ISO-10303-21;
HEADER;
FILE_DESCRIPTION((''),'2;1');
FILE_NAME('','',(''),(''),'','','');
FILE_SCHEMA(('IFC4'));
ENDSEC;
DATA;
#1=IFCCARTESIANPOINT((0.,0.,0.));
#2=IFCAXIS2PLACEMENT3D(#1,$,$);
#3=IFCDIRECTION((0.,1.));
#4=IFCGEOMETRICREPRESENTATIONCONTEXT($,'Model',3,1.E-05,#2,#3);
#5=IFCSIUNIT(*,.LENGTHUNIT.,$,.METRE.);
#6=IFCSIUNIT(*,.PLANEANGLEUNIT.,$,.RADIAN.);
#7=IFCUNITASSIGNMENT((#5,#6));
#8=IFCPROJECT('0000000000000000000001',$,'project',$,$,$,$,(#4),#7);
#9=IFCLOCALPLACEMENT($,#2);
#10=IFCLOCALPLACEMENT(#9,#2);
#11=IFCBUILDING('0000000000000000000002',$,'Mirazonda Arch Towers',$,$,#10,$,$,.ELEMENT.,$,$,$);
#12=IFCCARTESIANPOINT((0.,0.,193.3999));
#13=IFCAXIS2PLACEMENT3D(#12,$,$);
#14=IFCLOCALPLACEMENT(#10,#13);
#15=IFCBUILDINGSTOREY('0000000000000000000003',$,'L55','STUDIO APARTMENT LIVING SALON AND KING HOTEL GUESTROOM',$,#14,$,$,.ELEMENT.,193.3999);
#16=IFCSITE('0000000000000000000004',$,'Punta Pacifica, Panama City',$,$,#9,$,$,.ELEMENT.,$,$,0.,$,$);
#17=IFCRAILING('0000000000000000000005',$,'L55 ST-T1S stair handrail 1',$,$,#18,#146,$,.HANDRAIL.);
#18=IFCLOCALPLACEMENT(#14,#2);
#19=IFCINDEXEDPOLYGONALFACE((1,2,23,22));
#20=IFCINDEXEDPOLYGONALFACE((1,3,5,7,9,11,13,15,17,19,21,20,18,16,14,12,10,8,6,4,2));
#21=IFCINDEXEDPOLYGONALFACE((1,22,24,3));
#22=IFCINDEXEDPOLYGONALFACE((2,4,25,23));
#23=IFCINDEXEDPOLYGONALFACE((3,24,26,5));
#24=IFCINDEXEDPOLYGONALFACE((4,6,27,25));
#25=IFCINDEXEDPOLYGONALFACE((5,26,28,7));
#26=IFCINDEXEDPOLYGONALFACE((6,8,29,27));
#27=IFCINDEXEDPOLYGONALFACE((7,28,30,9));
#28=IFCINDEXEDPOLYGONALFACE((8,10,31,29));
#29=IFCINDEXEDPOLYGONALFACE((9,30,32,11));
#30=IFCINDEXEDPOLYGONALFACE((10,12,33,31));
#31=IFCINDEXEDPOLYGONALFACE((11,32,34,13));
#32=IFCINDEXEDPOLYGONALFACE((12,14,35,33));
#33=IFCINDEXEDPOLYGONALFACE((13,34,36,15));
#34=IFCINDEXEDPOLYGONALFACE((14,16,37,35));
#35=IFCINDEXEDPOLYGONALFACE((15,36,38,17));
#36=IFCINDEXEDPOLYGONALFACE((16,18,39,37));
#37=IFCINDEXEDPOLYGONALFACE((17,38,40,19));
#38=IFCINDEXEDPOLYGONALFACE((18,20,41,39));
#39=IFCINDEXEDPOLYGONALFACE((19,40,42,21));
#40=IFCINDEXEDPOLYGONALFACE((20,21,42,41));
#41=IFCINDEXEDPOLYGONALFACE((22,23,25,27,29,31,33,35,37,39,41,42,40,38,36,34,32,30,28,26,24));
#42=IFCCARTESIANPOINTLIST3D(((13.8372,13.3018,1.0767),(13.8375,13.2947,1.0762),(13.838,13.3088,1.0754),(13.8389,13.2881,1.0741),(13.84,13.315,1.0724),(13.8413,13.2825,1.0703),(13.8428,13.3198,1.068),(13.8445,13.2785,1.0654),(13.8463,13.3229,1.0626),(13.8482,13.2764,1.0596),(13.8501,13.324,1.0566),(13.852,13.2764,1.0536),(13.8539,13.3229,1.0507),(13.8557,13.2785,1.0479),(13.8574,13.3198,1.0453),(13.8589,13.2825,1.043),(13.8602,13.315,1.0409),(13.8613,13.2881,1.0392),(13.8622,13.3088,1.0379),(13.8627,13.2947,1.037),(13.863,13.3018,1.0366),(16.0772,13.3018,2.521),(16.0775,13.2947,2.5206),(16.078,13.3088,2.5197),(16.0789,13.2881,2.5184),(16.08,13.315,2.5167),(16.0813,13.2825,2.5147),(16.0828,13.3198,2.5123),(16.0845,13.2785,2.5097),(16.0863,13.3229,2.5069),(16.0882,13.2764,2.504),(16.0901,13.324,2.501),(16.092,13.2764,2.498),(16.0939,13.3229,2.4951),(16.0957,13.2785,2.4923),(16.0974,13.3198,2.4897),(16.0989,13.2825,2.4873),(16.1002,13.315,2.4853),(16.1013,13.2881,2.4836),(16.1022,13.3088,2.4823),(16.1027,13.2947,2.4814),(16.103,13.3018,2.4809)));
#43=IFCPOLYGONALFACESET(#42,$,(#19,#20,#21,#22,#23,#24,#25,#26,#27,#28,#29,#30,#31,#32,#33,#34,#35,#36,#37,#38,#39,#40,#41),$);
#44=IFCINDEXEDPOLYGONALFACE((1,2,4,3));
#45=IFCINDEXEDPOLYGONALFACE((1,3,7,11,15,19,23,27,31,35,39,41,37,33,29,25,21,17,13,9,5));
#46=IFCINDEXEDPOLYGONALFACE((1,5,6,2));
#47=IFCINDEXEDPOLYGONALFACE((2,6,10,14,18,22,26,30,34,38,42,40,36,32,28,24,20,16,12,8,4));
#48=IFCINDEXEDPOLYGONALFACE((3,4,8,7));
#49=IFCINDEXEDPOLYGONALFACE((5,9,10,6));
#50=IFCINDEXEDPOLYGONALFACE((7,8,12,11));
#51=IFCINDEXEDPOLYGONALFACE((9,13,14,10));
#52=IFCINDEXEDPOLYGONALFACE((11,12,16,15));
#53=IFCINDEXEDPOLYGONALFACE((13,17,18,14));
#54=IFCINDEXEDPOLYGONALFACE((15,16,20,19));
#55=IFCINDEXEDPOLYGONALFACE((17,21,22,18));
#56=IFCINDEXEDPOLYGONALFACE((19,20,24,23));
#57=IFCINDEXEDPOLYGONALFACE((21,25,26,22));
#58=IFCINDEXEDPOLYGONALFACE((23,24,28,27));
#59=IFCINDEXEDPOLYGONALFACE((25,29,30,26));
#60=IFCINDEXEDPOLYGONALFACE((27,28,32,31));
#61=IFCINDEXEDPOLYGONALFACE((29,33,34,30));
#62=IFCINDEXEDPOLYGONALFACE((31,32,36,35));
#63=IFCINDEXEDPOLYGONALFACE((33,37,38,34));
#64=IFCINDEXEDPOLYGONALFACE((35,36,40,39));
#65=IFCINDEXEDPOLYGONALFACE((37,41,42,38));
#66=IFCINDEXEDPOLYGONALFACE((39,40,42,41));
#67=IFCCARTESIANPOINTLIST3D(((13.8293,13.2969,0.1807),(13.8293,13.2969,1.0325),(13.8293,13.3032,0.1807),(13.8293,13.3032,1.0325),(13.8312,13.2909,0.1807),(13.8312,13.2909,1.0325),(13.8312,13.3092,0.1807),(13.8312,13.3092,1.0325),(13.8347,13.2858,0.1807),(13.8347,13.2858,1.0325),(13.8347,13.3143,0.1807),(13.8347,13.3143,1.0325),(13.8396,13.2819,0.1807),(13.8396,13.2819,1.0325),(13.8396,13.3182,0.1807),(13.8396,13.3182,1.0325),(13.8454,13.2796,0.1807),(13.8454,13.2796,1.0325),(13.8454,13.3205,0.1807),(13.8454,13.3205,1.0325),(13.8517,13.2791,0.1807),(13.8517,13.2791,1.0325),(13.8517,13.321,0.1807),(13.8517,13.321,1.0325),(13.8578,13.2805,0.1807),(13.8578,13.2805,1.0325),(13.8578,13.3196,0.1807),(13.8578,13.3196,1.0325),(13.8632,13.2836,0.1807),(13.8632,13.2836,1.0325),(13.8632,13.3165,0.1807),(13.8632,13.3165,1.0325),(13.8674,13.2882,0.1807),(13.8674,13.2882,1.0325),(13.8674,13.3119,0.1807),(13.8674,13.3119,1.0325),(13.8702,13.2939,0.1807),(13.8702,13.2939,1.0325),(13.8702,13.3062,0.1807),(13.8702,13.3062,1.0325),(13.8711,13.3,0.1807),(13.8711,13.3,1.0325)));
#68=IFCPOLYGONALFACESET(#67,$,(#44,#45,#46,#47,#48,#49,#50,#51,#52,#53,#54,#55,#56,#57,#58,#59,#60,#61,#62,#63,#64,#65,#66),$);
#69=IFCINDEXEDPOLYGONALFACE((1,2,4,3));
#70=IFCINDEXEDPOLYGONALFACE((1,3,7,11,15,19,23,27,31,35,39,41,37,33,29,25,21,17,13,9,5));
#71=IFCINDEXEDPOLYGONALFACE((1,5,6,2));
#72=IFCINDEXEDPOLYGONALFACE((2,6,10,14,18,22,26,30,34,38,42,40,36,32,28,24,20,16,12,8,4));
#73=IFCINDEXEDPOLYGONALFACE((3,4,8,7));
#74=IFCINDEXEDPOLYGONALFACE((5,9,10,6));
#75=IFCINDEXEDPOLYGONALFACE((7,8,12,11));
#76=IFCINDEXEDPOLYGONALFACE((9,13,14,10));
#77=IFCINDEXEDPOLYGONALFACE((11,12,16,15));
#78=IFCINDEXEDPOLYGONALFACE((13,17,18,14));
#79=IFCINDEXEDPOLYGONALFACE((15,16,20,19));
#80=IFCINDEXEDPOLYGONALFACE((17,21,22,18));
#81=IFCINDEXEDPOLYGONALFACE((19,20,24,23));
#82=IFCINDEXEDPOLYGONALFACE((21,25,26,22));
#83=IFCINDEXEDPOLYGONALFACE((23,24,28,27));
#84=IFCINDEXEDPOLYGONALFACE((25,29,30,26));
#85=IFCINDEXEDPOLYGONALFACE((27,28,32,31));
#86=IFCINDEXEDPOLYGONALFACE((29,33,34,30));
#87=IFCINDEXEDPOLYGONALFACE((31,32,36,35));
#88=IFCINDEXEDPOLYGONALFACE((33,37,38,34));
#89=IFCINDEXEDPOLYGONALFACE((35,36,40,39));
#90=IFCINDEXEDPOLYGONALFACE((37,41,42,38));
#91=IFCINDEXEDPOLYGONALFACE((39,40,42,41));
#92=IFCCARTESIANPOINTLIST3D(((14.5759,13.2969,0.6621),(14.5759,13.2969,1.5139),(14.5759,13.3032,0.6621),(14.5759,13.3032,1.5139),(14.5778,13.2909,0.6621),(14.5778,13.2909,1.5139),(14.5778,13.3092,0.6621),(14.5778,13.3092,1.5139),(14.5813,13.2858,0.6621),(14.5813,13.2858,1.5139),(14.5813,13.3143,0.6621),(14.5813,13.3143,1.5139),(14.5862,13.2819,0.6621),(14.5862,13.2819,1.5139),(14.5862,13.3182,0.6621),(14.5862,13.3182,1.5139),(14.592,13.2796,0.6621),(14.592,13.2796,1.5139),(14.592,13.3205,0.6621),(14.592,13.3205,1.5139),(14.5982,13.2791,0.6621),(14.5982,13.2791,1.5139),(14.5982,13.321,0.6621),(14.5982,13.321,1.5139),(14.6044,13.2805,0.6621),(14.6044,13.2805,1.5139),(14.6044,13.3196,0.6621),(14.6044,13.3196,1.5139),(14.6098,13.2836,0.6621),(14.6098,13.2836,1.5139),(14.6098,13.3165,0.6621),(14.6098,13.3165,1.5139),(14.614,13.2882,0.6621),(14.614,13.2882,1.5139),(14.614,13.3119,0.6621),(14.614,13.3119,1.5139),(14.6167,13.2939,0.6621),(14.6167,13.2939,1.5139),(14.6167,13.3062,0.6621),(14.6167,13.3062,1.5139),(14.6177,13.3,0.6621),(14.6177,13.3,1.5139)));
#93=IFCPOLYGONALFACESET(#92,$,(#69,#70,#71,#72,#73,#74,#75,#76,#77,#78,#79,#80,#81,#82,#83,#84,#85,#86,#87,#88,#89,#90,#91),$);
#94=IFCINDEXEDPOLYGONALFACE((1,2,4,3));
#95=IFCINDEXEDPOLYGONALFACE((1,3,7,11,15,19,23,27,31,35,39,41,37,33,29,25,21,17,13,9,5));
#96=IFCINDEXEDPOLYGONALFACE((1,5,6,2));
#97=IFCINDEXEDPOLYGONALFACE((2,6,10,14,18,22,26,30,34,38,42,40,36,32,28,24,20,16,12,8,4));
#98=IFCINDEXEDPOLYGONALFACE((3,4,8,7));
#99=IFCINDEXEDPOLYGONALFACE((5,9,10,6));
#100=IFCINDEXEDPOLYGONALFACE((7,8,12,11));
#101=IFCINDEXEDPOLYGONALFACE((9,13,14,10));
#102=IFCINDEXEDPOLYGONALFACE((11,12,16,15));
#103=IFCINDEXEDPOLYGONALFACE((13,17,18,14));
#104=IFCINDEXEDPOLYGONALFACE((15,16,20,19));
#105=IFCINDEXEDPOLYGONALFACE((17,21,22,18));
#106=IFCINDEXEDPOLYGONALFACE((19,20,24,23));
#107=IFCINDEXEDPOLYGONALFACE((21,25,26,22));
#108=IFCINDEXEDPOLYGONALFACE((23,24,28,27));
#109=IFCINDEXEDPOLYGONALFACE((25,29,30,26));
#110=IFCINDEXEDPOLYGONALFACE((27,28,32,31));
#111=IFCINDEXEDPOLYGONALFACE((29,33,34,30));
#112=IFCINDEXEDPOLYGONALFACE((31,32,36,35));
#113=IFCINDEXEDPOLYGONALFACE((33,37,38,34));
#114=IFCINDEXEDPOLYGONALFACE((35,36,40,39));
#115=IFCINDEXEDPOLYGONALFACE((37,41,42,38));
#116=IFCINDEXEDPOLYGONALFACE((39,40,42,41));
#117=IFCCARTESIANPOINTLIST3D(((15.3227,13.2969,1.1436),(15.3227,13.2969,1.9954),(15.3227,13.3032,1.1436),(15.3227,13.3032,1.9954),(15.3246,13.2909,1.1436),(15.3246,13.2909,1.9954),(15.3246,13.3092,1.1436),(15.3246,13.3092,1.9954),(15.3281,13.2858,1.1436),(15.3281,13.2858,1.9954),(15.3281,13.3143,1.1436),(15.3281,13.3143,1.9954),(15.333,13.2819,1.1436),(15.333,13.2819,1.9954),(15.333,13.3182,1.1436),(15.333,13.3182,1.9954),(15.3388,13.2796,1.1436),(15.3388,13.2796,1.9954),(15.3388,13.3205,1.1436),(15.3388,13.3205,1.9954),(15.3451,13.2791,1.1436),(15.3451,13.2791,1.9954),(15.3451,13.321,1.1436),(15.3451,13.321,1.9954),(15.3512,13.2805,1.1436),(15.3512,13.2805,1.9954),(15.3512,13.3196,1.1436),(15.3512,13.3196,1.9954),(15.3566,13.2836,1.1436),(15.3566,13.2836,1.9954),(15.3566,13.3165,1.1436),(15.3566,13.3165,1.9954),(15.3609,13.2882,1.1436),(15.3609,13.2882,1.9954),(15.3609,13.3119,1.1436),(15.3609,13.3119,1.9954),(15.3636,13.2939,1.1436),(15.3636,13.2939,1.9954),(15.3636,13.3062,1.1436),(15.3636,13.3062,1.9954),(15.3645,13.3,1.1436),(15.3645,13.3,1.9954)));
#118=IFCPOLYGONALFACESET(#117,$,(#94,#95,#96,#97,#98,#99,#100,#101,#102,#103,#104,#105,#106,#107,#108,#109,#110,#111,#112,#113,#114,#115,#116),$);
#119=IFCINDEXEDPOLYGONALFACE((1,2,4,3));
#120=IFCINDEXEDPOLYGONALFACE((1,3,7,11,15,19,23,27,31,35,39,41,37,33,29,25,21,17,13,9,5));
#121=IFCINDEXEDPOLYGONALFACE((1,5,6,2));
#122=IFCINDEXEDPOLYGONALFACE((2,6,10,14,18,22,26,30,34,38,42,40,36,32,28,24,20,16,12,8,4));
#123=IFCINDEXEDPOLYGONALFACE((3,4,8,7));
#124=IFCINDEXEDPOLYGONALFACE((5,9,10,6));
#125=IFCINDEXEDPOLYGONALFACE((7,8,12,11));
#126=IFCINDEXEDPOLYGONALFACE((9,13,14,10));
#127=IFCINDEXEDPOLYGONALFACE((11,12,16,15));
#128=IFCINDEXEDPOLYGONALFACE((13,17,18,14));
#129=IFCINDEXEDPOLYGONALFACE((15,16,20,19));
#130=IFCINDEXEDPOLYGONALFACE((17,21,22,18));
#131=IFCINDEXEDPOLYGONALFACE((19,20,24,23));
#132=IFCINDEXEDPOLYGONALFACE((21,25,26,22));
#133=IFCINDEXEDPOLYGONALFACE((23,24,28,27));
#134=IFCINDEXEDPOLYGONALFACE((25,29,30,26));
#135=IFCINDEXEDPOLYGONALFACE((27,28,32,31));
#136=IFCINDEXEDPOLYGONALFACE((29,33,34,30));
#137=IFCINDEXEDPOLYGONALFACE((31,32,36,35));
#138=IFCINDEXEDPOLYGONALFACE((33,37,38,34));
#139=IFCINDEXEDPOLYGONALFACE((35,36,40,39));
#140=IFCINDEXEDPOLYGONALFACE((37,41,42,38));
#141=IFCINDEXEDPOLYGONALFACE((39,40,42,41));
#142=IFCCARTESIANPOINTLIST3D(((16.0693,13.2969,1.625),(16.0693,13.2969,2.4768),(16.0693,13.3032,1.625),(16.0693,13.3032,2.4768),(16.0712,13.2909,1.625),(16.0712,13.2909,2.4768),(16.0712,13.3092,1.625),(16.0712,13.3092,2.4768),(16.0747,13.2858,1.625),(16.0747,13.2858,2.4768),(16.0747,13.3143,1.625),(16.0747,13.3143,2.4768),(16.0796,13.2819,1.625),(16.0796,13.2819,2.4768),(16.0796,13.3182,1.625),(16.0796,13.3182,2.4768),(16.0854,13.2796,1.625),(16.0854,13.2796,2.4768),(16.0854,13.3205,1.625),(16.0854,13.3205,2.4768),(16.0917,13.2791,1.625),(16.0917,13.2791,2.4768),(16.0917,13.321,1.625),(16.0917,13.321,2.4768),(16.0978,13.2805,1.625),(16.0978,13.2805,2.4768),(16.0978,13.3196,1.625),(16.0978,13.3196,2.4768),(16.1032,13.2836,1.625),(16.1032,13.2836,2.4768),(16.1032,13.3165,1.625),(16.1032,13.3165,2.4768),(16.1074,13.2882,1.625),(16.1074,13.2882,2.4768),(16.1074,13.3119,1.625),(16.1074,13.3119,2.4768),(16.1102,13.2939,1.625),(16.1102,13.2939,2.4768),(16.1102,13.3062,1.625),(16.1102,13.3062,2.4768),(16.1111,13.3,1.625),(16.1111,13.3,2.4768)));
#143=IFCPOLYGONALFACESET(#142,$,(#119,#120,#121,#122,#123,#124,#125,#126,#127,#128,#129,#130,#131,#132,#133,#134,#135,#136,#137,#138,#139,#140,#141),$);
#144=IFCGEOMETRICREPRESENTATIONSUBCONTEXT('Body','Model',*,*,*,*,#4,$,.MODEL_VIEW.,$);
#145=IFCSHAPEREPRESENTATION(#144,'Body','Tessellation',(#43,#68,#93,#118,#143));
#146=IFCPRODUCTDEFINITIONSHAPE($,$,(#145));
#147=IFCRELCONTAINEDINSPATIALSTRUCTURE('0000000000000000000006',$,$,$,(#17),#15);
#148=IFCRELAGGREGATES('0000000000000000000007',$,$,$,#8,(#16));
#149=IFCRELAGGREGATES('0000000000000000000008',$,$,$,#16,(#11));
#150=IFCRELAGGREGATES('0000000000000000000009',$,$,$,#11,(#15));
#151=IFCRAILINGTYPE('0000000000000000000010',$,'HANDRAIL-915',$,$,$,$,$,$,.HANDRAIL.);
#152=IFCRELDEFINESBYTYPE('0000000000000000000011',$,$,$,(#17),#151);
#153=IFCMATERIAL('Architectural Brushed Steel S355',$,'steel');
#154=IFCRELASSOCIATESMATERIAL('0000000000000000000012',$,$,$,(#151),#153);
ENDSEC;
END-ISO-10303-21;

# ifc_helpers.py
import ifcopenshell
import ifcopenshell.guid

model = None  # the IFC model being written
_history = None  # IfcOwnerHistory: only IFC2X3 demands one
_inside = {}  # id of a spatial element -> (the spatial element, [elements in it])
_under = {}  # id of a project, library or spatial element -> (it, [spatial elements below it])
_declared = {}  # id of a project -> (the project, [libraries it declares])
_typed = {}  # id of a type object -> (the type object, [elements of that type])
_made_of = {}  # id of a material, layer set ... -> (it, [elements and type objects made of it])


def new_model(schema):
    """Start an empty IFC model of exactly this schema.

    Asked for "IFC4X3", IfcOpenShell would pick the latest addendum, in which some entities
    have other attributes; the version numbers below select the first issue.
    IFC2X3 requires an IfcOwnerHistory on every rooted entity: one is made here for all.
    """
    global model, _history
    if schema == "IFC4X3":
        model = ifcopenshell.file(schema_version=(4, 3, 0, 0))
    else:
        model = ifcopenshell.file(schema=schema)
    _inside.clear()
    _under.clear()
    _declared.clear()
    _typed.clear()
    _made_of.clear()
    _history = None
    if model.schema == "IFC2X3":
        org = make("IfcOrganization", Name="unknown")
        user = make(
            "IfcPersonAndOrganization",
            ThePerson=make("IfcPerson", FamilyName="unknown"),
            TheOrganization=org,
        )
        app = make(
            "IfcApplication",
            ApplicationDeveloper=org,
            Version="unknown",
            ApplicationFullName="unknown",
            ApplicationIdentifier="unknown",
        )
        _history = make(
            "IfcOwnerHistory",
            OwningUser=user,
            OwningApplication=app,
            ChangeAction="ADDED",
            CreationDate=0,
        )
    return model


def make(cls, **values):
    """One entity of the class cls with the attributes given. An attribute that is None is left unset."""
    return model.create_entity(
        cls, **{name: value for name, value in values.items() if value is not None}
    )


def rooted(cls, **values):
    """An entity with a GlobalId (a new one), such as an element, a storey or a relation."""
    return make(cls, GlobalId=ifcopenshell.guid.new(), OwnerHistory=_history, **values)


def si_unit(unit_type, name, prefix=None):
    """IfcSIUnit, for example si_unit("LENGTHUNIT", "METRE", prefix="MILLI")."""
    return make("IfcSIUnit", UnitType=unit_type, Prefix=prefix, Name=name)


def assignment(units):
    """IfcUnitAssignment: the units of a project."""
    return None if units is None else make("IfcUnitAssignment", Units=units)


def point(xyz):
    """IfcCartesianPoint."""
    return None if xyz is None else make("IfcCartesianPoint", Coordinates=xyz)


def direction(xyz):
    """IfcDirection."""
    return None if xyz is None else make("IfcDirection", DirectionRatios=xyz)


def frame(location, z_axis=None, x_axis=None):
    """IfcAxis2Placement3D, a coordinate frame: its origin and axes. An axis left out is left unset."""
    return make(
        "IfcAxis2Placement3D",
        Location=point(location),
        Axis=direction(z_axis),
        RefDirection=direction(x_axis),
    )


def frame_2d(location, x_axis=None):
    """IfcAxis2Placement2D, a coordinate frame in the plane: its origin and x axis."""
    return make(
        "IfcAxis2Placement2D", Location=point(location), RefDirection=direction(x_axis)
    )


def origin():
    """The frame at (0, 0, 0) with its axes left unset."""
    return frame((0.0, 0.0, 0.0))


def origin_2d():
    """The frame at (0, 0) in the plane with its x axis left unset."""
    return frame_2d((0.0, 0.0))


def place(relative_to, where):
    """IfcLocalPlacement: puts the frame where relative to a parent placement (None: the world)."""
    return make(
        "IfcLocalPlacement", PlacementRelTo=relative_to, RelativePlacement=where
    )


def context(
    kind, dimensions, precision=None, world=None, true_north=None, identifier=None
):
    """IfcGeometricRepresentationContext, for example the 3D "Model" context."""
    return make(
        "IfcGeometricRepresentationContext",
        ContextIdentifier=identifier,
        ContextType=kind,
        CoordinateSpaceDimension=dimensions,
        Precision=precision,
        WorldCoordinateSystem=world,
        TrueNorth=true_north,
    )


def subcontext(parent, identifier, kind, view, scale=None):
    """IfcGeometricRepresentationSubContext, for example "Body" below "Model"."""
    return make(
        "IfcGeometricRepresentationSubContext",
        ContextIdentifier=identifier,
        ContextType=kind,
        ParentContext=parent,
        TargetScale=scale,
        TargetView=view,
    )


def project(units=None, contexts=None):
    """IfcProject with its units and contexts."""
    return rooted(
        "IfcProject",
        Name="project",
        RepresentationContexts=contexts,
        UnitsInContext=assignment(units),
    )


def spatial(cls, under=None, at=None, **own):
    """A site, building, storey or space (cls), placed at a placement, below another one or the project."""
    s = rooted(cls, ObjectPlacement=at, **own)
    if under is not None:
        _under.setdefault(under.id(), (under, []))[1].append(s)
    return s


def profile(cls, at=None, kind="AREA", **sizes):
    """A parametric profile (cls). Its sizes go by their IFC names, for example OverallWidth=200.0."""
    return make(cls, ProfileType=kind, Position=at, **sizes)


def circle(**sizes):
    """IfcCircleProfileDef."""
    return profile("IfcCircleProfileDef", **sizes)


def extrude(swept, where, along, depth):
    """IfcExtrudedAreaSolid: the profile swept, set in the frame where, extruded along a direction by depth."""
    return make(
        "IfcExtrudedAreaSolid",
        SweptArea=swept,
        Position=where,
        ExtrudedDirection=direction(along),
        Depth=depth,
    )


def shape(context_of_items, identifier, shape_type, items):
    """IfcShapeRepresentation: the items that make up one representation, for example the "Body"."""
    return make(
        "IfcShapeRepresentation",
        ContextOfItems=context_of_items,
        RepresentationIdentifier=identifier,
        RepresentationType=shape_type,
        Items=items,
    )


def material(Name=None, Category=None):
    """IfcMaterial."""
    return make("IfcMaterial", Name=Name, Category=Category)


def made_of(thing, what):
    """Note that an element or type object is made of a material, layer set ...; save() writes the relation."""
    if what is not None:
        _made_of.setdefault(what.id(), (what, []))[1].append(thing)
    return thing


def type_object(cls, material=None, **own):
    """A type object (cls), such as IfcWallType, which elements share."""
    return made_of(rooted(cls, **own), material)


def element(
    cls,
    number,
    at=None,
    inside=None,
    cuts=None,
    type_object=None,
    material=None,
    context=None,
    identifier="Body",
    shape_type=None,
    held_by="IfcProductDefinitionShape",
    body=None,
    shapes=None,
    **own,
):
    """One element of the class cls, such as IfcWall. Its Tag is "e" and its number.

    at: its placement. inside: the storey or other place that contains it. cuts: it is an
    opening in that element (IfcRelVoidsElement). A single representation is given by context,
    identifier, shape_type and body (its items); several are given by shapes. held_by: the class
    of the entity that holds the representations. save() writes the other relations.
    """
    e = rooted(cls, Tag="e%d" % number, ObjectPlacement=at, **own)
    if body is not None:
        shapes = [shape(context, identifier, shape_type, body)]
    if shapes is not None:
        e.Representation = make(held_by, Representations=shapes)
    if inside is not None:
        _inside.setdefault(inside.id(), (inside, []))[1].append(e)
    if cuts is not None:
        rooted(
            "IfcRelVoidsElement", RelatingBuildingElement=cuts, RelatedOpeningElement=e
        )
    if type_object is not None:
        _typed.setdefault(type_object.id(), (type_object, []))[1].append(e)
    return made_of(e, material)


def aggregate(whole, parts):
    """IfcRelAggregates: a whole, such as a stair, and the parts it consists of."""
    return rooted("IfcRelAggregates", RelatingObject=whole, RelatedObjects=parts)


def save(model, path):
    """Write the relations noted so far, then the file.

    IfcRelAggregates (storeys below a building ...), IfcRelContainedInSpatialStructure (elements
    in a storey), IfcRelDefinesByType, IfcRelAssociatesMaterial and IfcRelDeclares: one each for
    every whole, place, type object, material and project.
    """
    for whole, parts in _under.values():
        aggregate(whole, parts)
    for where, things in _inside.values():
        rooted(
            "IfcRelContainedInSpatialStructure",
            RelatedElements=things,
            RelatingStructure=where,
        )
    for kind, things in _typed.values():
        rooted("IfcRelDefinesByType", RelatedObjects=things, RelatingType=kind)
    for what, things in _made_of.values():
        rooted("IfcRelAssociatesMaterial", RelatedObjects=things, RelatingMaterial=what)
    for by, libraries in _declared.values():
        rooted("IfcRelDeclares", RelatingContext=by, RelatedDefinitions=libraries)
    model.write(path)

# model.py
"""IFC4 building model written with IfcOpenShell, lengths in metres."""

from ifc_helpers import new_model, si_unit, direction, frame, origin, origin_2d, place, context, subcontext, project, spatial, circle, extrude, material, type_object, element, save


model = new_model("IFC4")

# Units and contexts
model_context = context("Model", 3, precision=1e-05, world=origin(), true_north=direction((0.0, 1.0)))
body_context = subcontext(model_context, "Body", "Model", "MODEL_VIEW")
ifc_project = project(units=[si_unit("LENGTHUNIT", "METRE"), si_unit("PLANEANGLEUNIT", "RADIAN")], contexts=[model_context])

# Site, building, storey
site_placement = place(None, origin())
site = spatial("IfcSite", under=ifc_project, at=site_placement, Name="Punta Pacifica, Panama City", CompositionType="ELEMENT", RefElevation=0.0)
building_placement = place(site_placement, origin())
building = spatial("IfcBuilding", under=site, at=building_placement, Name="Mirazonda Arch Towers", CompositionType="ELEMENT")
storey_placement = place(building_placement, frame((0.0, 0.0, 193.3999)))
storey = spatial("IfcBuildingStorey", under=building, at=storey_placement, Name="L55", Description="STUDIO APARTMENT LIVING SALON AND KING HOTEL GUESTROOM", CompositionType="ELEMENT", Elevation=193.3999)

# Shared definitions
ifc_material_1 = material(Name="Architectural Brushed Steel S355", Category="steel")

# Railing
railing_type_1 = type_object("IfcRailingType", Name="HANDRAIL-915", PredefinedType="HANDRAIL", material=ifc_material_1)
railing_1_placement = place(storey_placement, frame((13.8501, 13.3, 0.1807)))
element("IfcRailing", 1, at=railing_1_placement, inside=storey, type_object=railing_type_1, Name="L55 ST-T1S stair handrail 1", PredefinedType="HANDRAIL", context=body_context, shape_type="SweptSolid", body=[
    extrude(circle(Radius=0.0239, at=origin_2d()), frame((0.0, 0.0, 0.876), z_axis=(0.840437, 0.0, 0.54191), x_axis=(0.0, 1.0, 0.0)), (0.0, 0.0, 1.0), 2.6653),
    extrude(circle(Radius=0.021, at=origin_2d()), origin(), (0.0, 0.0, 1.0), 0.8518),
    extrude(circle(Radius=0.021, at=origin_2d()), frame((0.7466, 0.0, 0.4814)), (0.0, 0.0, 1.0), 0.8518),
    extrude(circle(Radius=0.021, at=origin_2d()), frame((1.4934, 0.0, 0.9629)), (0.0, 0.0, 1.0), 0.8518),
    extrude(circle(Radius=0.021, at=origin_2d()), frame((2.24, 0.0, 1.4443)), (0.0, 0.0, 1.0), 0.8518),
])

save(model, "model.ifc")
